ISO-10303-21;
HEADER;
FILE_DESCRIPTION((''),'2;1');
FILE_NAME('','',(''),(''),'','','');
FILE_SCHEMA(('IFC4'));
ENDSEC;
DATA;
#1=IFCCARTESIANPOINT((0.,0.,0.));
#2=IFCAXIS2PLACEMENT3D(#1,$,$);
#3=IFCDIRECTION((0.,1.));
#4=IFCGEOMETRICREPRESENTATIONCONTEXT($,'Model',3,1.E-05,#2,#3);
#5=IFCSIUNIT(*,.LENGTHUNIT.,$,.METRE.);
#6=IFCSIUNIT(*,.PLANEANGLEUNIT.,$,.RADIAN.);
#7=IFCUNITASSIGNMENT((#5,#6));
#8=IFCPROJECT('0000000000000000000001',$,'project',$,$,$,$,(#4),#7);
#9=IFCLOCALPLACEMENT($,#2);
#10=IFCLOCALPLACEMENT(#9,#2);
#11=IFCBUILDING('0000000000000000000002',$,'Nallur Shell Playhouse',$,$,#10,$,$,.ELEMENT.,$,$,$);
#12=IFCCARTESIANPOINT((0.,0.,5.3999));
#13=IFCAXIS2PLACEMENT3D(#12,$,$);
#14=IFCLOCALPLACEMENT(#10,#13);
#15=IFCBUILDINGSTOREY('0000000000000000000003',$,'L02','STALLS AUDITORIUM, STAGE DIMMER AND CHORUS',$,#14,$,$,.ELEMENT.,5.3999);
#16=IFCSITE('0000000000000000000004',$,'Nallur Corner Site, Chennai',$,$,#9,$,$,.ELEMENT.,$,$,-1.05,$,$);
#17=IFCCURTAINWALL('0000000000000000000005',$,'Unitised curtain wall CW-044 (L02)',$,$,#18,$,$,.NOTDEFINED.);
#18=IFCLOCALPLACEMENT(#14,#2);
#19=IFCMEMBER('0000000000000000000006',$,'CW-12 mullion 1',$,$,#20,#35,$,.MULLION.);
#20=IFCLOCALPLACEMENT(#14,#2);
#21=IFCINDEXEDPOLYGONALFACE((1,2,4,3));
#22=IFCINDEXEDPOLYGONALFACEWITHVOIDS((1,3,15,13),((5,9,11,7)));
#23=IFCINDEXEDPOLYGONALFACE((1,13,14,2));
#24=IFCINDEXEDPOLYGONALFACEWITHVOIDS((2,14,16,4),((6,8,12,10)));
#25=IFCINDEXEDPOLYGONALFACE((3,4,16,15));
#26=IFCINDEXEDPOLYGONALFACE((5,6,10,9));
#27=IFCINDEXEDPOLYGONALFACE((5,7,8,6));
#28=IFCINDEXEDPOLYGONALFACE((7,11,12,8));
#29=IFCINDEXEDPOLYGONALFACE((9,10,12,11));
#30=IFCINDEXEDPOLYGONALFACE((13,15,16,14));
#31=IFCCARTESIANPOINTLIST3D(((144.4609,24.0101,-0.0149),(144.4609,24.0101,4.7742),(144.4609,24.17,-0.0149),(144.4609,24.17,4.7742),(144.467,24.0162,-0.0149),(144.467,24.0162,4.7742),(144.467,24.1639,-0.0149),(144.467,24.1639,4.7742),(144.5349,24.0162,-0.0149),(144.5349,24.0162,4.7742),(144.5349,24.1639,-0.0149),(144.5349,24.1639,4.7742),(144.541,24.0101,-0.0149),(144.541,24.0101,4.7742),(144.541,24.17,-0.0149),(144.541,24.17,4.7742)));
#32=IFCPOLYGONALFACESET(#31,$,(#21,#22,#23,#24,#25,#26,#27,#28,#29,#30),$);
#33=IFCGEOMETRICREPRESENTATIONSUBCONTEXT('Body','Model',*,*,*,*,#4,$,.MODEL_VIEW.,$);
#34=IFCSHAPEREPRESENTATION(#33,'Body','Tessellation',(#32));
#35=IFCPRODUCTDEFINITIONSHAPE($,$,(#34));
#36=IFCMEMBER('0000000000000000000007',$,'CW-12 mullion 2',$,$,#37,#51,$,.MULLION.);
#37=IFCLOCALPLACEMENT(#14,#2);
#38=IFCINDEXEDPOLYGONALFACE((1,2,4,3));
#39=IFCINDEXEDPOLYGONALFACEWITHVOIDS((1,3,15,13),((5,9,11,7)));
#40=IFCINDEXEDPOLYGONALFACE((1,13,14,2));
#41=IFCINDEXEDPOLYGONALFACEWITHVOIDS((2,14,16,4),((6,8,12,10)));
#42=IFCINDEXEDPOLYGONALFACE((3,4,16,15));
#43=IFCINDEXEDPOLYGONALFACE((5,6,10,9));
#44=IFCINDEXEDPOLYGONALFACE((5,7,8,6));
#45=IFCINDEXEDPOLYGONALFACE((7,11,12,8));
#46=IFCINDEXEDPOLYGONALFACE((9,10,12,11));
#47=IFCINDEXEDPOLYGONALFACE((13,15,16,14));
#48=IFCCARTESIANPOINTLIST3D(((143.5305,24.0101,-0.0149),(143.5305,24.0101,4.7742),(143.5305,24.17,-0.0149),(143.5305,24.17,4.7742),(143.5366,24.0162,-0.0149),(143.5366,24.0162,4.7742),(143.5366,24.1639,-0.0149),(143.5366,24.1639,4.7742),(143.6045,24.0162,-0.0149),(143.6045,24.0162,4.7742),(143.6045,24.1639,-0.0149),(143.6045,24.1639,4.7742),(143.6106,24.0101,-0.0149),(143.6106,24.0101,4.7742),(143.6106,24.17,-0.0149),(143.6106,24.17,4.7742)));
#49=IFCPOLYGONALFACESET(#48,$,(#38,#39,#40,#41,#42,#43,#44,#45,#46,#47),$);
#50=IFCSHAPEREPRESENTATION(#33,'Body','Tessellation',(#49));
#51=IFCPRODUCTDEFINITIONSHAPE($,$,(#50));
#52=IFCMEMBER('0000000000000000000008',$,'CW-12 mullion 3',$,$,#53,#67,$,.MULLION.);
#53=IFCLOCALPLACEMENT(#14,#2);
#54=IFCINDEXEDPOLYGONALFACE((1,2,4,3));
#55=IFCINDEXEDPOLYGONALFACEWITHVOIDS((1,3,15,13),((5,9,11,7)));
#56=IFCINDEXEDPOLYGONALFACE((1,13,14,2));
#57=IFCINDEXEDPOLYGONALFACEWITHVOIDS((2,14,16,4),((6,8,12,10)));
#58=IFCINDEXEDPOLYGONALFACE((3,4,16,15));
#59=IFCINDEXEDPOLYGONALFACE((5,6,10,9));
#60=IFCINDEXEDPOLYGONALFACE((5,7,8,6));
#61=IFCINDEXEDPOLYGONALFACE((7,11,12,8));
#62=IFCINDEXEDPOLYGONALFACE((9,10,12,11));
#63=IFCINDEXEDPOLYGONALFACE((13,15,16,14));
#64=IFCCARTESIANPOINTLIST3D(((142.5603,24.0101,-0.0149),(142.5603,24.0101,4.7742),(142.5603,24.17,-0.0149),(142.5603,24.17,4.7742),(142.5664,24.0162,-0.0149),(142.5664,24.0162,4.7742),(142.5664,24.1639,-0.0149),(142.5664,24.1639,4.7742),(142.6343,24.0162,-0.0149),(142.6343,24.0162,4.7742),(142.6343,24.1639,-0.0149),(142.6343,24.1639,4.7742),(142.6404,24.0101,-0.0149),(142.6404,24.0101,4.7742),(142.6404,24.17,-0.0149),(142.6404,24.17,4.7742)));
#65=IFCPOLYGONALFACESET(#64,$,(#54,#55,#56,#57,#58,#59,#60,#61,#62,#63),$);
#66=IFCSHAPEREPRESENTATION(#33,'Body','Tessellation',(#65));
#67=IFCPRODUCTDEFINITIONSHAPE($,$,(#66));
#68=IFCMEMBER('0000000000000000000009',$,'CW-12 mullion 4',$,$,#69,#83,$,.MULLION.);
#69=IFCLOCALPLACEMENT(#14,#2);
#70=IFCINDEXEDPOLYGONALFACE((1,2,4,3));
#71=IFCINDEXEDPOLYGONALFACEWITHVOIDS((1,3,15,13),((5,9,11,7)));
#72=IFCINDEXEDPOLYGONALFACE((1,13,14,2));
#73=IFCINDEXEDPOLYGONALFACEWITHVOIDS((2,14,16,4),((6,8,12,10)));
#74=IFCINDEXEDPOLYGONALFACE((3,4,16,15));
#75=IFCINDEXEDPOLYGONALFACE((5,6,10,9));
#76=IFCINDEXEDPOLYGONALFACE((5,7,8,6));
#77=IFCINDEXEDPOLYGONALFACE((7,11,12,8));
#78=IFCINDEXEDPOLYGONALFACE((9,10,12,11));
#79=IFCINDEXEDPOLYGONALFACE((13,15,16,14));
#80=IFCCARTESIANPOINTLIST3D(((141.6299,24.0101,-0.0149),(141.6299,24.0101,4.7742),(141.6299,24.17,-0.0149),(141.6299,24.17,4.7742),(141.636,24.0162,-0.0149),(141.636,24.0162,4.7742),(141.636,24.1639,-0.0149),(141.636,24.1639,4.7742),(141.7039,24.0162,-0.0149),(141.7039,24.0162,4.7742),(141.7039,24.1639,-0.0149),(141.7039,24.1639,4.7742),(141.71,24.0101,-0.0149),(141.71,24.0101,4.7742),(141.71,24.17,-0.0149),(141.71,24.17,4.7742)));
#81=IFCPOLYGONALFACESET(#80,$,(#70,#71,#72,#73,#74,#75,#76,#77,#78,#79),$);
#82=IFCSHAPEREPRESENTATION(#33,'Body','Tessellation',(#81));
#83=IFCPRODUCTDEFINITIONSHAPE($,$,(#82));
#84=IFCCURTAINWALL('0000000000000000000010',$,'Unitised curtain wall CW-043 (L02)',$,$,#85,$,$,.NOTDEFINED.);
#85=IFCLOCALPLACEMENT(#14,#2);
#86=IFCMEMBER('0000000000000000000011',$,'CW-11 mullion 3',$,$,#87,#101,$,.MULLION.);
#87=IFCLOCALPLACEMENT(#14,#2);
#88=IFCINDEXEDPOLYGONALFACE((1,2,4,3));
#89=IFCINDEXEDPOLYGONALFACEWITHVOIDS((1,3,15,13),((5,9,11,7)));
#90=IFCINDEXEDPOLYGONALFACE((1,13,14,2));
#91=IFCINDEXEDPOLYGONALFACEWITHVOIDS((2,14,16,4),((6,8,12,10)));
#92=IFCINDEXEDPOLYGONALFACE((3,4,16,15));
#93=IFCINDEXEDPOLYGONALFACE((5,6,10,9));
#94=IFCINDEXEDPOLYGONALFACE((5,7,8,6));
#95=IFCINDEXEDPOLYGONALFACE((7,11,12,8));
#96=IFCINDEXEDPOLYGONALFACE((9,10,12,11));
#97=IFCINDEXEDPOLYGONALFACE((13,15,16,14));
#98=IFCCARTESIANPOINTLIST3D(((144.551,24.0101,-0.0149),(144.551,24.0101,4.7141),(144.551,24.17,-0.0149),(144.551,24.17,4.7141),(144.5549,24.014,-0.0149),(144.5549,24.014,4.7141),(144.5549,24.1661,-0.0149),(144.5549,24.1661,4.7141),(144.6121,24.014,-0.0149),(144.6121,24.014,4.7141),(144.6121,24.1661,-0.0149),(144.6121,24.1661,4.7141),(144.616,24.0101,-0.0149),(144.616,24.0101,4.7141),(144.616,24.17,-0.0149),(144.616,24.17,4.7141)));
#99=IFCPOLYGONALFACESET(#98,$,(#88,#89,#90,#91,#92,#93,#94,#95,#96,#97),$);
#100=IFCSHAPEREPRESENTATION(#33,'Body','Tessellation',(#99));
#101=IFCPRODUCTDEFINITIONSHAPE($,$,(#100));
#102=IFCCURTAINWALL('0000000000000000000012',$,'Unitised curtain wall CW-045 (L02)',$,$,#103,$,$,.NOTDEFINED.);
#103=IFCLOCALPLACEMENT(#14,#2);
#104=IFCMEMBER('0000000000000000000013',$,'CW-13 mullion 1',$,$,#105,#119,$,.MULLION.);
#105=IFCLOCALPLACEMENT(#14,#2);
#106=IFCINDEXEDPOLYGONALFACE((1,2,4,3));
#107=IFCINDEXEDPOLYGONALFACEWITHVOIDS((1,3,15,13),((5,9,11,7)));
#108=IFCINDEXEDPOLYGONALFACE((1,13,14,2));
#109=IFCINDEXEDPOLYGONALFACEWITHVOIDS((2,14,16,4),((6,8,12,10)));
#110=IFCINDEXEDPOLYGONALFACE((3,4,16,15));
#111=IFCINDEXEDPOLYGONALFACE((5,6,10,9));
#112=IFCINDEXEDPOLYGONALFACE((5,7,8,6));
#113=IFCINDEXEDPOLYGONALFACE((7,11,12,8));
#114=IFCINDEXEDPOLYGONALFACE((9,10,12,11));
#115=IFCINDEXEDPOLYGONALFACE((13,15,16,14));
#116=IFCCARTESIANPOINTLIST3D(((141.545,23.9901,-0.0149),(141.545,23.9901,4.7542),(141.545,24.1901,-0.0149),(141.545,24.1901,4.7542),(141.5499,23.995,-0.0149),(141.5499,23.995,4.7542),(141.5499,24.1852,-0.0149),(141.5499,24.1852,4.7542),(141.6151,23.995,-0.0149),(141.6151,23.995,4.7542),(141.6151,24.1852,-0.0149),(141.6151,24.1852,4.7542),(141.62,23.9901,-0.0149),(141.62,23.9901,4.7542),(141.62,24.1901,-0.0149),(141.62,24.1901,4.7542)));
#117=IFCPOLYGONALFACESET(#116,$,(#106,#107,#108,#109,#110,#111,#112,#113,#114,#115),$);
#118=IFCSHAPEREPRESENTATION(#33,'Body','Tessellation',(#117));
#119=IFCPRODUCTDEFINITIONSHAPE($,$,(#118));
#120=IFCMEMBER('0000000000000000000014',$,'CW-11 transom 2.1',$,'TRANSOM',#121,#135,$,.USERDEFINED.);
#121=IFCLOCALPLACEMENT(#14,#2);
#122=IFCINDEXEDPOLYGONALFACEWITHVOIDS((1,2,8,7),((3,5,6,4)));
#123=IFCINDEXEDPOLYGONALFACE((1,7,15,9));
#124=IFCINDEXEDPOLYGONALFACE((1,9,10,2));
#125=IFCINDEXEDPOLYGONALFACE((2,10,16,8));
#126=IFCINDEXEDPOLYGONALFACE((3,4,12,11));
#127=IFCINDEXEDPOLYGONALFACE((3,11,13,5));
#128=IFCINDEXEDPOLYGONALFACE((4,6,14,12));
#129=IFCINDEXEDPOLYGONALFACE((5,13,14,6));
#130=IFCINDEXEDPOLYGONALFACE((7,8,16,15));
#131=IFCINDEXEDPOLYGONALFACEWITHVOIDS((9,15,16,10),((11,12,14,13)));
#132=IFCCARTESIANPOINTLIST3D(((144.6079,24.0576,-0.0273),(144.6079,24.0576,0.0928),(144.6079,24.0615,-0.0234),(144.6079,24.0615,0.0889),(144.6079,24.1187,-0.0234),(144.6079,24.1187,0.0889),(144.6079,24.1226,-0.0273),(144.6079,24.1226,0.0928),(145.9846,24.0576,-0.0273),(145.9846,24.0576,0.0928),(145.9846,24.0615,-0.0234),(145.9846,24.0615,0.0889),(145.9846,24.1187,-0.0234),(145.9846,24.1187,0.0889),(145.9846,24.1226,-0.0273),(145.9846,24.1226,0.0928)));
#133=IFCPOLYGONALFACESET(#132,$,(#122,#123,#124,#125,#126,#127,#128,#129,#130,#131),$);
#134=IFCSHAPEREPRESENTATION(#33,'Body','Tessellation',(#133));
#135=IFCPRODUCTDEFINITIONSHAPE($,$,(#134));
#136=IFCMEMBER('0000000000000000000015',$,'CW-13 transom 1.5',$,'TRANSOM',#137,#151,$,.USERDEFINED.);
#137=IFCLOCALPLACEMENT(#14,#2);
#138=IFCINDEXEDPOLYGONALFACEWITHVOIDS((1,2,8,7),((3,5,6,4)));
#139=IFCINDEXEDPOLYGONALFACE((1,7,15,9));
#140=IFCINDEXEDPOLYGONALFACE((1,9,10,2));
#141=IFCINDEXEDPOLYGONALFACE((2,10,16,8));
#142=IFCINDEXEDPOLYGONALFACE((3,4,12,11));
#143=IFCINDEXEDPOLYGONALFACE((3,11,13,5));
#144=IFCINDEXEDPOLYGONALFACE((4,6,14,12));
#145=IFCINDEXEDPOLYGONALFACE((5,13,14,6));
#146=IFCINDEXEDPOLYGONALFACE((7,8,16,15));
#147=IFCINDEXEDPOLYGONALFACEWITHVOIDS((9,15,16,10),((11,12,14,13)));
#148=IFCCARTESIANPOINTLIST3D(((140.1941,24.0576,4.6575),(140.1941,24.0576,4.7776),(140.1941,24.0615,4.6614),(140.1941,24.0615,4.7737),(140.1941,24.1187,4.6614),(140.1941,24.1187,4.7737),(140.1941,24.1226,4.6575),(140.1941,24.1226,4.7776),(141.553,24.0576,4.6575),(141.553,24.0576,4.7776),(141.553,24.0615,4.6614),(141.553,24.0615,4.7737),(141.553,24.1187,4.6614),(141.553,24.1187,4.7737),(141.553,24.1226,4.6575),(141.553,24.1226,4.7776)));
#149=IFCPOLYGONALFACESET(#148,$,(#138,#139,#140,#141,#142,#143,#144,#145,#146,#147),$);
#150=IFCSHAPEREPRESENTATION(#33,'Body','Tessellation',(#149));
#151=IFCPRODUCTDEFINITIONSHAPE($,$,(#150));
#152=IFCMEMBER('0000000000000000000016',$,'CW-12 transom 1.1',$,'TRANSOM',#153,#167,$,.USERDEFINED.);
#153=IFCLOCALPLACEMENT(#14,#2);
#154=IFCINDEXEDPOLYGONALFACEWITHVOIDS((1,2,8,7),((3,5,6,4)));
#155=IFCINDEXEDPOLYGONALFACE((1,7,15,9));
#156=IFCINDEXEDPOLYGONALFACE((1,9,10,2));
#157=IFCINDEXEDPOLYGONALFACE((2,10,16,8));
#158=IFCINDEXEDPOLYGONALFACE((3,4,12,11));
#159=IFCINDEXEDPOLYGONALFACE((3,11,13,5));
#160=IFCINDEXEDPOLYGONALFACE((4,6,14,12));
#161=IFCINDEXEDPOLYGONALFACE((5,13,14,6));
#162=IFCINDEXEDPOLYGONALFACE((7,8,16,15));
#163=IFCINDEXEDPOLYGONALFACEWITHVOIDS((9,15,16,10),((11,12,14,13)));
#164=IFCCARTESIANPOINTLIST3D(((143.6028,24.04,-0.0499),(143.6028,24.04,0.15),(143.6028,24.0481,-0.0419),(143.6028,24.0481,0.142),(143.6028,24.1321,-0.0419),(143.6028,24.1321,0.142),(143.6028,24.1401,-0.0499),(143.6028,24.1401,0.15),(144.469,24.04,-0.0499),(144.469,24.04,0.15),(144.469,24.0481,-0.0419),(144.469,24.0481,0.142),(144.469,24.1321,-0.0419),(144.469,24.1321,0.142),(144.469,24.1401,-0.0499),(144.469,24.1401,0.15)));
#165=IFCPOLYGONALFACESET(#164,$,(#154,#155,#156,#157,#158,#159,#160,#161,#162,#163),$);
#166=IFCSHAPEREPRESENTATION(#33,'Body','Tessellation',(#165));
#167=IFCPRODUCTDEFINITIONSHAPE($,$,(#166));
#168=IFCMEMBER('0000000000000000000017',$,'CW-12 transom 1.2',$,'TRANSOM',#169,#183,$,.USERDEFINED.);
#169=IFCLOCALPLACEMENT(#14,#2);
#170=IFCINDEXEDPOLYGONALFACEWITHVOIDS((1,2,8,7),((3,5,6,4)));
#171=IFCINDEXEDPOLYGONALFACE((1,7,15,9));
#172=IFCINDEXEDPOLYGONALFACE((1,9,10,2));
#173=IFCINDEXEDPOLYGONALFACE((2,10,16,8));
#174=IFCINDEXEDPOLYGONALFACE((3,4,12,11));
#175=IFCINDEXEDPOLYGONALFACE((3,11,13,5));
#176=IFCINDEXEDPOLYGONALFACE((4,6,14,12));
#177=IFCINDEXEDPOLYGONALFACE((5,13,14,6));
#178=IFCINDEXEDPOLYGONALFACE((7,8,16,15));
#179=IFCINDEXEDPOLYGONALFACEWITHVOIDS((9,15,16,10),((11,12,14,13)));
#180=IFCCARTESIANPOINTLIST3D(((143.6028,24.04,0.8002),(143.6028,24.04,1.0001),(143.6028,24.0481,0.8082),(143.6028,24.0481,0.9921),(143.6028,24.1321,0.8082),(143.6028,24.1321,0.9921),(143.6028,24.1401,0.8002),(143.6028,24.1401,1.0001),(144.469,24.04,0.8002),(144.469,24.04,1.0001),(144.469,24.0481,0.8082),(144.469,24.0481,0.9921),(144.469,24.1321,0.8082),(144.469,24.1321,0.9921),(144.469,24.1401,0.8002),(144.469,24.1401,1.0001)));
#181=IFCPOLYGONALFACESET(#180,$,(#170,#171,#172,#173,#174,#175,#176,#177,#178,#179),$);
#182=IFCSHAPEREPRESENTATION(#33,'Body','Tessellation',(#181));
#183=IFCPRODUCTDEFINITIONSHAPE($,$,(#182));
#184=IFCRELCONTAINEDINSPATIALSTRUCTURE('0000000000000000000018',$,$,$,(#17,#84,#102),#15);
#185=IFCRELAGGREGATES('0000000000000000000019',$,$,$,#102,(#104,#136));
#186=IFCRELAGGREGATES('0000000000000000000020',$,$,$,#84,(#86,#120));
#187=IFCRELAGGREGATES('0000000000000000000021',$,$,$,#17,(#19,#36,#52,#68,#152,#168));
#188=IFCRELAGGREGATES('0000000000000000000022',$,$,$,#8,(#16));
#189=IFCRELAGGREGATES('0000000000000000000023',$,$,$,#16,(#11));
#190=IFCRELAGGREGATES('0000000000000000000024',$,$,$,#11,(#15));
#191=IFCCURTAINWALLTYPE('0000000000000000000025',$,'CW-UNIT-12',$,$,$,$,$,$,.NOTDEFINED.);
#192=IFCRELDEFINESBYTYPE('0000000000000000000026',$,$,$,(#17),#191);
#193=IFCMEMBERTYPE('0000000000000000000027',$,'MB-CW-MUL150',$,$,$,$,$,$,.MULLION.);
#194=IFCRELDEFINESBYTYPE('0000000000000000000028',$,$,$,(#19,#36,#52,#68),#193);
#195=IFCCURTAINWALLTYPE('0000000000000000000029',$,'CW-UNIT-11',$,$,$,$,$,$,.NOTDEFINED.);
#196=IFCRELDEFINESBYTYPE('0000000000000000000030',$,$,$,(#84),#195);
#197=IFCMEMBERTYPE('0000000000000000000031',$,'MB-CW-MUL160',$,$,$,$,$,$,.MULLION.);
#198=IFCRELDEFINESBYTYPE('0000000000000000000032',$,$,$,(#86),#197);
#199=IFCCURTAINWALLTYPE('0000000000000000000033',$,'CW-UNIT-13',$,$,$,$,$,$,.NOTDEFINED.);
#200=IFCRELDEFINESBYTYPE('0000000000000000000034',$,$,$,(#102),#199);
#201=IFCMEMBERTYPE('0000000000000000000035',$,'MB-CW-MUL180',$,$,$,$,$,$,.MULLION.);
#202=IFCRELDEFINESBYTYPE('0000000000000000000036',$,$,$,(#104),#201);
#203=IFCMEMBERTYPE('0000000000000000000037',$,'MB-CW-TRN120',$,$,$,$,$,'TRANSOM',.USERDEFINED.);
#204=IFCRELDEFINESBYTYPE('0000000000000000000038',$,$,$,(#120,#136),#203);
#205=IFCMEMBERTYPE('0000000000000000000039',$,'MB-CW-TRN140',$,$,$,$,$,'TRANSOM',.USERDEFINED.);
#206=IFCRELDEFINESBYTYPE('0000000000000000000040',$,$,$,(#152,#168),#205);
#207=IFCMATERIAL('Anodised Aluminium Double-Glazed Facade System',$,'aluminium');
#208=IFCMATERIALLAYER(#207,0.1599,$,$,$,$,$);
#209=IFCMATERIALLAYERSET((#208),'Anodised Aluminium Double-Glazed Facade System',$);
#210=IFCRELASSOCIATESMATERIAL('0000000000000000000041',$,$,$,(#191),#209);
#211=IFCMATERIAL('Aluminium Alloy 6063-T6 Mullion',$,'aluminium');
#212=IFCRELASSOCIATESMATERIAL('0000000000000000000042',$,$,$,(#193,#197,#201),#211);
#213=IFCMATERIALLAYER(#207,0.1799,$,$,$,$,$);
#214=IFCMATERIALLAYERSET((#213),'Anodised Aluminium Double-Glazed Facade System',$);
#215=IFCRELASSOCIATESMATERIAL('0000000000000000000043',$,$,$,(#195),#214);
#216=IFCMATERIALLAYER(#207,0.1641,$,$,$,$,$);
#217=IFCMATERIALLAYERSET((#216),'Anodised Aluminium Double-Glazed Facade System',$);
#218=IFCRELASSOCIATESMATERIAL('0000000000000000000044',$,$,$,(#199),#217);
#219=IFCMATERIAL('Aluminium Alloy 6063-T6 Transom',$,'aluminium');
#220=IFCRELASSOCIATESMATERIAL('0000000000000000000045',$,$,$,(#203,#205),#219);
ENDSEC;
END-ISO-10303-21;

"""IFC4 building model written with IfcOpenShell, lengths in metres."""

from ifc_helpers import new_model, si_unit, direction, frame, origin, origin_2d, place, context, subcontext, project, spatial, hollow_rectangle, extrude, material, layer, layer_set, material_profile, profile_set, type_object, element, aggregate, save


model = new_model("IFC4")

# Units and contexts
model_context = context("Model", 3, precision=1e-05, world=origin(), true_north=direction((0.0, 1.0)))
body_context = subcontext(model_context, "Body", "Model", "MODEL_VIEW")
ifc_project = project(units=[si_unit("LENGTHUNIT", "METRE"), si_unit("PLANEANGLEUNIT", "RADIAN")], contexts=[model_context])

# Site, building, storey
site_placement = place(None, origin())
site = spatial("IfcSite", under=ifc_project, at=site_placement, Name="Nallur Corner Site, Chennai", CompositionType="ELEMENT", RefElevation=-1.05)
building_placement = place(site_placement, origin())
building = spatial("IfcBuilding", under=site, at=building_placement, Name="Nallur Shell Playhouse", CompositionType="ELEMENT")
storey_placement = place(building_placement, frame((0.0, 0.0, 5.3999)))
storey = spatial("IfcBuildingStorey", under=building, at=storey_placement, Name="L02", Description="STALLS AUDITORIUM, STAGE DIMMER AND CHORUS", CompositionType="ELEMENT", Elevation=5.3999)

# Curtain wall, members
ifc_material_1 = material(Name="Anodised Aluminium Double-Glazed Facade System", Category="aluminium")
ifc_layer_1 = layer(ifc_material_1, 0.1599)
ifc_layer_set_1 = layer_set([ifc_layer_1], Name="Anodised Aluminium Double-Glazed Facade System")
curtain_wall_type_1 = type_object("IfcCurtainWallType", Name="CW-UNIT-12", PredefinedType="NOTDEFINED", material=ifc_layer_set_1)
curtain_wall_1_placement = place(storey_placement, origin())
curtain_wall_1 = element("IfcCurtainWall", 1, at=curtain_wall_1_placement, inside=storey, type_object=curtain_wall_type_1, Name="Unitised curtain wall CW-044 (L02)", PredefinedType="NOTDEFINED")
ifc_material_2 = material(Name="Aluminium Alloy 6063-T6 Mullion", Category="aluminium")
ifc_material_profile_1 = material_profile(ifc_material_2, hollow_rectangle(XDim=0.0801, YDim=0.1599, WallThickness=0.0061, at=origin_2d()), Name="RHS 160x80x6")
ifc_profile_set_1 = profile_set([ifc_material_profile_1], Name="Aluminium Alloy 6063-T6 Mullion")
member_type_1 = type_object("IfcMemberType", Name="MB-CW-MUL150", PredefinedType="MULLION", material=ifc_profile_set_1)
member_1_placement = place(storey_placement, frame((144.501, 24.0901, -0.0149), z_axis=(0.0, 0.0, 1.0), x_axis=(-1.0, 0.0, 0.0)))
member_1 = element("IfcMember", 2, at=member_1_placement, type_object=member_type_1, Name="CW-12 mullion 1", PredefinedType="MULLION", context=body_context, shape_type="SweptSolid", body=[
    extrude(hollow_rectangle(XDim=0.0801, YDim=0.1599, WallThickness=0.0061, at=origin_2d()), origin(), (0.0, 0.0, 1.0), 4.7891),
])
member_2_placement = place(storey_placement, frame((143.5706, 24.0901, -0.0149), z_axis=(0.0, 0.0, 1.0), x_axis=(-1.0, 0.0, 0.0)))
member_2 = element("IfcMember", 3, at=member_2_placement, type_object=member_type_1, Name="CW-12 mullion 2", PredefinedType="MULLION", context=body_context, shape_type="SweptSolid", body=[
    extrude(hollow_rectangle(XDim=0.0801, YDim=0.1599, WallThickness=0.0061, at=origin_2d()), origin(), (0.0, 0.0, 1.0), 4.7891),
])
member_3_placement = place(storey_placement, frame((142.6003, 24.0901, -0.0149), z_axis=(0.0, 0.0, 1.0), x_axis=(-1.0, 0.0, 0.0)))
member_3 = element("IfcMember", 4, at=member_3_placement, type_object=member_type_1, Name="CW-12 mullion 3", PredefinedType="MULLION", context=body_context, shape_type="SweptSolid", body=[
    extrude(hollow_rectangle(XDim=0.0801, YDim=0.1599, WallThickness=0.0061, at=origin_2d()), origin(), (0.0, 0.0, 1.0), 4.7891),
])
member_4_placement = place(storey_placement, frame((141.6699, 24.0901, -0.0149), z_axis=(0.0, 0.0, 1.0), x_axis=(-1.0, 0.0, 0.0)))
member_4 = element("IfcMember", 5, at=member_4_placement, type_object=member_type_1, Name="CW-12 mullion 4", PredefinedType="MULLION", context=body_context, shape_type="SweptSolid", body=[
    extrude(hollow_rectangle(XDim=0.0801, YDim=0.1599, WallThickness=0.0061, at=origin_2d()), origin(), (0.0, 0.0, 1.0), 4.7891),
])

# Curtain walls, members
ifc_layer_2 = layer(ifc_material_1, 0.1799)
ifc_layer_set_2 = layer_set([ifc_layer_2], Name="Anodised Aluminium Double-Glazed Facade System")
curtain_wall_type_2 = type_object("IfcCurtainWallType", Name="CW-UNIT-11", PredefinedType="NOTDEFINED", material=ifc_layer_set_2)
curtain_wall_2_placement = place(storey_placement, origin())
curtain_wall_2 = element("IfcCurtainWall", 6, at=curtain_wall_2_placement, inside=storey, type_object=curtain_wall_type_2, Name="Unitised curtain wall CW-043 (L02)", PredefinedType="NOTDEFINED")
ifc_material_profile_2 = material_profile(ifc_material_2, hollow_rectangle(XDim=0.0649, YDim=0.1599, WallThickness=0.0039, at=origin_2d()), Name="ALU 65x160x4")
ifc_profile_set_2 = profile_set([ifc_material_profile_2], Name="Aluminium Alloy 6063-T6 Mullion")
member_type_2 = type_object("IfcMemberType", Name="MB-CW-MUL160", PredefinedType="MULLION", material=ifc_profile_set_2)
member_5_placement = place(storey_placement, frame((144.5835, 24.0901, -0.0149), z_axis=(0.0, 0.0, 1.0), x_axis=(-1.0, 0.0, 0.0)))
member_5 = element("IfcMember", 7, at=member_5_placement, type_object=member_type_2, Name="CW-11 mullion 3", PredefinedType="MULLION", context=body_context, shape_type="SweptSolid", body=[
    extrude(hollow_rectangle(XDim=0.0649, YDim=0.1599, WallThickness=0.0039, at=origin_2d()), origin(), (0.0, 0.0, 1.0), 4.729),
])
ifc_layer_3 = layer(ifc_material_1, 0.1641)
ifc_layer_set_3 = layer_set([ifc_layer_3], Name="Anodised Aluminium Double-Glazed Facade System")
curtain_wall_type_3 = type_object("IfcCurtainWallType", Name="CW-UNIT-13", PredefinedType="NOTDEFINED", material=ifc_layer_set_3)
curtain_wall_3_placement = place(storey_placement, origin())
curtain_wall_3 = element("IfcCurtainWall", 8, at=curtain_wall_3_placement, inside=storey, type_object=curtain_wall_type_3, Name="Unitised curtain wall CW-045 (L02)", PredefinedType="NOTDEFINED")
ifc_material_profile_3 = material_profile(ifc_material_2, hollow_rectangle(XDim=0.075, YDim=0.2, WallThickness=0.0049, at=origin_2d()), Name="ALU 75x200x5")
ifc_profile_set_3 = profile_set([ifc_material_profile_3], Name="Aluminium Alloy 6063-T6 Mullion")
member_type_3 = type_object("IfcMemberType", Name="MB-CW-MUL180", PredefinedType="MULLION", material=ifc_profile_set_3)
member_6_placement = place(storey_placement, frame((141.5825, 24.0901, -0.0149), z_axis=(0.0, 0.0, 1.0), x_axis=(-1.0, 0.0, 0.0)))
member_6 = element("IfcMember", 9, at=member_6_placement, type_object=member_type_3, Name="CW-13 mullion 1", PredefinedType="MULLION", context=body_context, shape_type="SweptSolid", body=[
    extrude(hollow_rectangle(XDim=0.075, YDim=0.2, WallThickness=0.0049, at=origin_2d()), origin(), (0.0, 0.0, 1.0), 4.769),
])

# Members
ifc_material_3 = material(Name="Aluminium Alloy 6063-T6 Transom", Category="aluminium")
ifc_material_profile_4 = material_profile(ifc_material_3, hollow_rectangle(XDim=0.0649, YDim=0.1201, WallThickness=0.0039, at=origin_2d()), Name="ALU 65x120x4")
ifc_profile_set_4 = profile_set([ifc_material_profile_4], Name="Aluminium Alloy 6063-T6 Transom")
member_type_4 = type_object("IfcMemberType", Name="MB-CW-TRN120", ElementType="TRANSOM", PredefinedType="USERDEFINED", material=ifc_profile_set_4)
member_7_placement = place(storey_placement, frame((145.9846, 24.0901, 0.0327), z_axis=(-1.0, 0.0, 0.0), x_axis=(0.0, -1.0, 0.0)))
member_7 = element("IfcMember", 10, at=member_7_placement, type_object=member_type_4, Name="CW-11 transom 2.1", ObjectType="TRANSOM", PredefinedType="USERDEFINED", context=body_context, shape_type="SweptSolid", body=[
    extrude(hollow_rectangle(XDim=0.0649, YDim=0.1201, WallThickness=0.0039, at=origin_2d()), origin(), (0.0, 0.0, 1.0), 1.3767),
])
member_8_placement = place(storey_placement, frame((141.553, 24.0901, 4.7175), z_axis=(-1.0, 0.0, 0.0), x_axis=(0.0, -1.0, 0.0)))
member_8 = element("IfcMember", 11, at=member_8_placement, type_object=member_type_4, Name="CW-13 transom 1.5", ObjectType="TRANSOM", PredefinedType="USERDEFINED", context=body_context, shape_type="SweptSolid", body=[
    extrude(hollow_rectangle(XDim=0.0649, YDim=0.1201, WallThickness=0.0039, at=origin_2d()), origin(), (0.0, 0.0, 1.0), 1.3589),
])
aggregate(curtain_wall_3, [member_6, member_8])
ifc_material_profile_5 = material_profile(ifc_material_3, hollow_rectangle(XDim=0.1001, YDim=0.2, WallThickness=0.0081, at=origin_2d()), Name="RHS 200x100x8")
ifc_profile_set_5 = profile_set([ifc_material_profile_5], Name="Aluminium Alloy 6063-T6 Transom")
member_type_5 = type_object("IfcMemberType", Name="MB-CW-TRN140", ElementType="TRANSOM", PredefinedType="USERDEFINED", material=ifc_profile_set_5)
member_9_placement = place(storey_placement, frame((144.469, 24.0901, 0.05), z_axis=(-1.0, 0.0, 0.0), x_axis=(0.0, -1.0, 0.0)))
member_9 = element("IfcMember", 12, at=member_9_placement, type_object=member_type_5, Name="CW-12 transom 1.1", ObjectType="TRANSOM", PredefinedType="USERDEFINED", context=body_context, shape_type="SweptSolid", body=[
    extrude(hollow_rectangle(XDim=0.1001, YDim=0.2, WallThickness=0.0081, at=origin_2d()), origin(), (0.0, 0.0, 1.0), 0.8662),
])
member_10_placement = place(storey_placement, frame((144.469, 24.0901, 0.9001), z_axis=(-1.0, 0.0, 0.0), x_axis=(0.0, -1.0, 0.0)))
member_10 = element("IfcMember", 13, at=member_10_placement, type_object=member_type_5, Name="CW-12 transom 1.2", ObjectType="TRANSOM", PredefinedType="USERDEFINED", context=body_context, shape_type="SweptSolid", body=[
    extrude(hollow_rectangle(XDim=0.1001, YDim=0.2, WallThickness=0.0081, at=origin_2d()), origin(), (0.0, 0.0, 1.0), 0.8662),
])

aggregate(curtain_wall_2, [member_5, member_7])
aggregate(curtain_wall_1, [member_1, member_2, member_3, member_4, member_9, member_10])

save(model, "model.ifc")
